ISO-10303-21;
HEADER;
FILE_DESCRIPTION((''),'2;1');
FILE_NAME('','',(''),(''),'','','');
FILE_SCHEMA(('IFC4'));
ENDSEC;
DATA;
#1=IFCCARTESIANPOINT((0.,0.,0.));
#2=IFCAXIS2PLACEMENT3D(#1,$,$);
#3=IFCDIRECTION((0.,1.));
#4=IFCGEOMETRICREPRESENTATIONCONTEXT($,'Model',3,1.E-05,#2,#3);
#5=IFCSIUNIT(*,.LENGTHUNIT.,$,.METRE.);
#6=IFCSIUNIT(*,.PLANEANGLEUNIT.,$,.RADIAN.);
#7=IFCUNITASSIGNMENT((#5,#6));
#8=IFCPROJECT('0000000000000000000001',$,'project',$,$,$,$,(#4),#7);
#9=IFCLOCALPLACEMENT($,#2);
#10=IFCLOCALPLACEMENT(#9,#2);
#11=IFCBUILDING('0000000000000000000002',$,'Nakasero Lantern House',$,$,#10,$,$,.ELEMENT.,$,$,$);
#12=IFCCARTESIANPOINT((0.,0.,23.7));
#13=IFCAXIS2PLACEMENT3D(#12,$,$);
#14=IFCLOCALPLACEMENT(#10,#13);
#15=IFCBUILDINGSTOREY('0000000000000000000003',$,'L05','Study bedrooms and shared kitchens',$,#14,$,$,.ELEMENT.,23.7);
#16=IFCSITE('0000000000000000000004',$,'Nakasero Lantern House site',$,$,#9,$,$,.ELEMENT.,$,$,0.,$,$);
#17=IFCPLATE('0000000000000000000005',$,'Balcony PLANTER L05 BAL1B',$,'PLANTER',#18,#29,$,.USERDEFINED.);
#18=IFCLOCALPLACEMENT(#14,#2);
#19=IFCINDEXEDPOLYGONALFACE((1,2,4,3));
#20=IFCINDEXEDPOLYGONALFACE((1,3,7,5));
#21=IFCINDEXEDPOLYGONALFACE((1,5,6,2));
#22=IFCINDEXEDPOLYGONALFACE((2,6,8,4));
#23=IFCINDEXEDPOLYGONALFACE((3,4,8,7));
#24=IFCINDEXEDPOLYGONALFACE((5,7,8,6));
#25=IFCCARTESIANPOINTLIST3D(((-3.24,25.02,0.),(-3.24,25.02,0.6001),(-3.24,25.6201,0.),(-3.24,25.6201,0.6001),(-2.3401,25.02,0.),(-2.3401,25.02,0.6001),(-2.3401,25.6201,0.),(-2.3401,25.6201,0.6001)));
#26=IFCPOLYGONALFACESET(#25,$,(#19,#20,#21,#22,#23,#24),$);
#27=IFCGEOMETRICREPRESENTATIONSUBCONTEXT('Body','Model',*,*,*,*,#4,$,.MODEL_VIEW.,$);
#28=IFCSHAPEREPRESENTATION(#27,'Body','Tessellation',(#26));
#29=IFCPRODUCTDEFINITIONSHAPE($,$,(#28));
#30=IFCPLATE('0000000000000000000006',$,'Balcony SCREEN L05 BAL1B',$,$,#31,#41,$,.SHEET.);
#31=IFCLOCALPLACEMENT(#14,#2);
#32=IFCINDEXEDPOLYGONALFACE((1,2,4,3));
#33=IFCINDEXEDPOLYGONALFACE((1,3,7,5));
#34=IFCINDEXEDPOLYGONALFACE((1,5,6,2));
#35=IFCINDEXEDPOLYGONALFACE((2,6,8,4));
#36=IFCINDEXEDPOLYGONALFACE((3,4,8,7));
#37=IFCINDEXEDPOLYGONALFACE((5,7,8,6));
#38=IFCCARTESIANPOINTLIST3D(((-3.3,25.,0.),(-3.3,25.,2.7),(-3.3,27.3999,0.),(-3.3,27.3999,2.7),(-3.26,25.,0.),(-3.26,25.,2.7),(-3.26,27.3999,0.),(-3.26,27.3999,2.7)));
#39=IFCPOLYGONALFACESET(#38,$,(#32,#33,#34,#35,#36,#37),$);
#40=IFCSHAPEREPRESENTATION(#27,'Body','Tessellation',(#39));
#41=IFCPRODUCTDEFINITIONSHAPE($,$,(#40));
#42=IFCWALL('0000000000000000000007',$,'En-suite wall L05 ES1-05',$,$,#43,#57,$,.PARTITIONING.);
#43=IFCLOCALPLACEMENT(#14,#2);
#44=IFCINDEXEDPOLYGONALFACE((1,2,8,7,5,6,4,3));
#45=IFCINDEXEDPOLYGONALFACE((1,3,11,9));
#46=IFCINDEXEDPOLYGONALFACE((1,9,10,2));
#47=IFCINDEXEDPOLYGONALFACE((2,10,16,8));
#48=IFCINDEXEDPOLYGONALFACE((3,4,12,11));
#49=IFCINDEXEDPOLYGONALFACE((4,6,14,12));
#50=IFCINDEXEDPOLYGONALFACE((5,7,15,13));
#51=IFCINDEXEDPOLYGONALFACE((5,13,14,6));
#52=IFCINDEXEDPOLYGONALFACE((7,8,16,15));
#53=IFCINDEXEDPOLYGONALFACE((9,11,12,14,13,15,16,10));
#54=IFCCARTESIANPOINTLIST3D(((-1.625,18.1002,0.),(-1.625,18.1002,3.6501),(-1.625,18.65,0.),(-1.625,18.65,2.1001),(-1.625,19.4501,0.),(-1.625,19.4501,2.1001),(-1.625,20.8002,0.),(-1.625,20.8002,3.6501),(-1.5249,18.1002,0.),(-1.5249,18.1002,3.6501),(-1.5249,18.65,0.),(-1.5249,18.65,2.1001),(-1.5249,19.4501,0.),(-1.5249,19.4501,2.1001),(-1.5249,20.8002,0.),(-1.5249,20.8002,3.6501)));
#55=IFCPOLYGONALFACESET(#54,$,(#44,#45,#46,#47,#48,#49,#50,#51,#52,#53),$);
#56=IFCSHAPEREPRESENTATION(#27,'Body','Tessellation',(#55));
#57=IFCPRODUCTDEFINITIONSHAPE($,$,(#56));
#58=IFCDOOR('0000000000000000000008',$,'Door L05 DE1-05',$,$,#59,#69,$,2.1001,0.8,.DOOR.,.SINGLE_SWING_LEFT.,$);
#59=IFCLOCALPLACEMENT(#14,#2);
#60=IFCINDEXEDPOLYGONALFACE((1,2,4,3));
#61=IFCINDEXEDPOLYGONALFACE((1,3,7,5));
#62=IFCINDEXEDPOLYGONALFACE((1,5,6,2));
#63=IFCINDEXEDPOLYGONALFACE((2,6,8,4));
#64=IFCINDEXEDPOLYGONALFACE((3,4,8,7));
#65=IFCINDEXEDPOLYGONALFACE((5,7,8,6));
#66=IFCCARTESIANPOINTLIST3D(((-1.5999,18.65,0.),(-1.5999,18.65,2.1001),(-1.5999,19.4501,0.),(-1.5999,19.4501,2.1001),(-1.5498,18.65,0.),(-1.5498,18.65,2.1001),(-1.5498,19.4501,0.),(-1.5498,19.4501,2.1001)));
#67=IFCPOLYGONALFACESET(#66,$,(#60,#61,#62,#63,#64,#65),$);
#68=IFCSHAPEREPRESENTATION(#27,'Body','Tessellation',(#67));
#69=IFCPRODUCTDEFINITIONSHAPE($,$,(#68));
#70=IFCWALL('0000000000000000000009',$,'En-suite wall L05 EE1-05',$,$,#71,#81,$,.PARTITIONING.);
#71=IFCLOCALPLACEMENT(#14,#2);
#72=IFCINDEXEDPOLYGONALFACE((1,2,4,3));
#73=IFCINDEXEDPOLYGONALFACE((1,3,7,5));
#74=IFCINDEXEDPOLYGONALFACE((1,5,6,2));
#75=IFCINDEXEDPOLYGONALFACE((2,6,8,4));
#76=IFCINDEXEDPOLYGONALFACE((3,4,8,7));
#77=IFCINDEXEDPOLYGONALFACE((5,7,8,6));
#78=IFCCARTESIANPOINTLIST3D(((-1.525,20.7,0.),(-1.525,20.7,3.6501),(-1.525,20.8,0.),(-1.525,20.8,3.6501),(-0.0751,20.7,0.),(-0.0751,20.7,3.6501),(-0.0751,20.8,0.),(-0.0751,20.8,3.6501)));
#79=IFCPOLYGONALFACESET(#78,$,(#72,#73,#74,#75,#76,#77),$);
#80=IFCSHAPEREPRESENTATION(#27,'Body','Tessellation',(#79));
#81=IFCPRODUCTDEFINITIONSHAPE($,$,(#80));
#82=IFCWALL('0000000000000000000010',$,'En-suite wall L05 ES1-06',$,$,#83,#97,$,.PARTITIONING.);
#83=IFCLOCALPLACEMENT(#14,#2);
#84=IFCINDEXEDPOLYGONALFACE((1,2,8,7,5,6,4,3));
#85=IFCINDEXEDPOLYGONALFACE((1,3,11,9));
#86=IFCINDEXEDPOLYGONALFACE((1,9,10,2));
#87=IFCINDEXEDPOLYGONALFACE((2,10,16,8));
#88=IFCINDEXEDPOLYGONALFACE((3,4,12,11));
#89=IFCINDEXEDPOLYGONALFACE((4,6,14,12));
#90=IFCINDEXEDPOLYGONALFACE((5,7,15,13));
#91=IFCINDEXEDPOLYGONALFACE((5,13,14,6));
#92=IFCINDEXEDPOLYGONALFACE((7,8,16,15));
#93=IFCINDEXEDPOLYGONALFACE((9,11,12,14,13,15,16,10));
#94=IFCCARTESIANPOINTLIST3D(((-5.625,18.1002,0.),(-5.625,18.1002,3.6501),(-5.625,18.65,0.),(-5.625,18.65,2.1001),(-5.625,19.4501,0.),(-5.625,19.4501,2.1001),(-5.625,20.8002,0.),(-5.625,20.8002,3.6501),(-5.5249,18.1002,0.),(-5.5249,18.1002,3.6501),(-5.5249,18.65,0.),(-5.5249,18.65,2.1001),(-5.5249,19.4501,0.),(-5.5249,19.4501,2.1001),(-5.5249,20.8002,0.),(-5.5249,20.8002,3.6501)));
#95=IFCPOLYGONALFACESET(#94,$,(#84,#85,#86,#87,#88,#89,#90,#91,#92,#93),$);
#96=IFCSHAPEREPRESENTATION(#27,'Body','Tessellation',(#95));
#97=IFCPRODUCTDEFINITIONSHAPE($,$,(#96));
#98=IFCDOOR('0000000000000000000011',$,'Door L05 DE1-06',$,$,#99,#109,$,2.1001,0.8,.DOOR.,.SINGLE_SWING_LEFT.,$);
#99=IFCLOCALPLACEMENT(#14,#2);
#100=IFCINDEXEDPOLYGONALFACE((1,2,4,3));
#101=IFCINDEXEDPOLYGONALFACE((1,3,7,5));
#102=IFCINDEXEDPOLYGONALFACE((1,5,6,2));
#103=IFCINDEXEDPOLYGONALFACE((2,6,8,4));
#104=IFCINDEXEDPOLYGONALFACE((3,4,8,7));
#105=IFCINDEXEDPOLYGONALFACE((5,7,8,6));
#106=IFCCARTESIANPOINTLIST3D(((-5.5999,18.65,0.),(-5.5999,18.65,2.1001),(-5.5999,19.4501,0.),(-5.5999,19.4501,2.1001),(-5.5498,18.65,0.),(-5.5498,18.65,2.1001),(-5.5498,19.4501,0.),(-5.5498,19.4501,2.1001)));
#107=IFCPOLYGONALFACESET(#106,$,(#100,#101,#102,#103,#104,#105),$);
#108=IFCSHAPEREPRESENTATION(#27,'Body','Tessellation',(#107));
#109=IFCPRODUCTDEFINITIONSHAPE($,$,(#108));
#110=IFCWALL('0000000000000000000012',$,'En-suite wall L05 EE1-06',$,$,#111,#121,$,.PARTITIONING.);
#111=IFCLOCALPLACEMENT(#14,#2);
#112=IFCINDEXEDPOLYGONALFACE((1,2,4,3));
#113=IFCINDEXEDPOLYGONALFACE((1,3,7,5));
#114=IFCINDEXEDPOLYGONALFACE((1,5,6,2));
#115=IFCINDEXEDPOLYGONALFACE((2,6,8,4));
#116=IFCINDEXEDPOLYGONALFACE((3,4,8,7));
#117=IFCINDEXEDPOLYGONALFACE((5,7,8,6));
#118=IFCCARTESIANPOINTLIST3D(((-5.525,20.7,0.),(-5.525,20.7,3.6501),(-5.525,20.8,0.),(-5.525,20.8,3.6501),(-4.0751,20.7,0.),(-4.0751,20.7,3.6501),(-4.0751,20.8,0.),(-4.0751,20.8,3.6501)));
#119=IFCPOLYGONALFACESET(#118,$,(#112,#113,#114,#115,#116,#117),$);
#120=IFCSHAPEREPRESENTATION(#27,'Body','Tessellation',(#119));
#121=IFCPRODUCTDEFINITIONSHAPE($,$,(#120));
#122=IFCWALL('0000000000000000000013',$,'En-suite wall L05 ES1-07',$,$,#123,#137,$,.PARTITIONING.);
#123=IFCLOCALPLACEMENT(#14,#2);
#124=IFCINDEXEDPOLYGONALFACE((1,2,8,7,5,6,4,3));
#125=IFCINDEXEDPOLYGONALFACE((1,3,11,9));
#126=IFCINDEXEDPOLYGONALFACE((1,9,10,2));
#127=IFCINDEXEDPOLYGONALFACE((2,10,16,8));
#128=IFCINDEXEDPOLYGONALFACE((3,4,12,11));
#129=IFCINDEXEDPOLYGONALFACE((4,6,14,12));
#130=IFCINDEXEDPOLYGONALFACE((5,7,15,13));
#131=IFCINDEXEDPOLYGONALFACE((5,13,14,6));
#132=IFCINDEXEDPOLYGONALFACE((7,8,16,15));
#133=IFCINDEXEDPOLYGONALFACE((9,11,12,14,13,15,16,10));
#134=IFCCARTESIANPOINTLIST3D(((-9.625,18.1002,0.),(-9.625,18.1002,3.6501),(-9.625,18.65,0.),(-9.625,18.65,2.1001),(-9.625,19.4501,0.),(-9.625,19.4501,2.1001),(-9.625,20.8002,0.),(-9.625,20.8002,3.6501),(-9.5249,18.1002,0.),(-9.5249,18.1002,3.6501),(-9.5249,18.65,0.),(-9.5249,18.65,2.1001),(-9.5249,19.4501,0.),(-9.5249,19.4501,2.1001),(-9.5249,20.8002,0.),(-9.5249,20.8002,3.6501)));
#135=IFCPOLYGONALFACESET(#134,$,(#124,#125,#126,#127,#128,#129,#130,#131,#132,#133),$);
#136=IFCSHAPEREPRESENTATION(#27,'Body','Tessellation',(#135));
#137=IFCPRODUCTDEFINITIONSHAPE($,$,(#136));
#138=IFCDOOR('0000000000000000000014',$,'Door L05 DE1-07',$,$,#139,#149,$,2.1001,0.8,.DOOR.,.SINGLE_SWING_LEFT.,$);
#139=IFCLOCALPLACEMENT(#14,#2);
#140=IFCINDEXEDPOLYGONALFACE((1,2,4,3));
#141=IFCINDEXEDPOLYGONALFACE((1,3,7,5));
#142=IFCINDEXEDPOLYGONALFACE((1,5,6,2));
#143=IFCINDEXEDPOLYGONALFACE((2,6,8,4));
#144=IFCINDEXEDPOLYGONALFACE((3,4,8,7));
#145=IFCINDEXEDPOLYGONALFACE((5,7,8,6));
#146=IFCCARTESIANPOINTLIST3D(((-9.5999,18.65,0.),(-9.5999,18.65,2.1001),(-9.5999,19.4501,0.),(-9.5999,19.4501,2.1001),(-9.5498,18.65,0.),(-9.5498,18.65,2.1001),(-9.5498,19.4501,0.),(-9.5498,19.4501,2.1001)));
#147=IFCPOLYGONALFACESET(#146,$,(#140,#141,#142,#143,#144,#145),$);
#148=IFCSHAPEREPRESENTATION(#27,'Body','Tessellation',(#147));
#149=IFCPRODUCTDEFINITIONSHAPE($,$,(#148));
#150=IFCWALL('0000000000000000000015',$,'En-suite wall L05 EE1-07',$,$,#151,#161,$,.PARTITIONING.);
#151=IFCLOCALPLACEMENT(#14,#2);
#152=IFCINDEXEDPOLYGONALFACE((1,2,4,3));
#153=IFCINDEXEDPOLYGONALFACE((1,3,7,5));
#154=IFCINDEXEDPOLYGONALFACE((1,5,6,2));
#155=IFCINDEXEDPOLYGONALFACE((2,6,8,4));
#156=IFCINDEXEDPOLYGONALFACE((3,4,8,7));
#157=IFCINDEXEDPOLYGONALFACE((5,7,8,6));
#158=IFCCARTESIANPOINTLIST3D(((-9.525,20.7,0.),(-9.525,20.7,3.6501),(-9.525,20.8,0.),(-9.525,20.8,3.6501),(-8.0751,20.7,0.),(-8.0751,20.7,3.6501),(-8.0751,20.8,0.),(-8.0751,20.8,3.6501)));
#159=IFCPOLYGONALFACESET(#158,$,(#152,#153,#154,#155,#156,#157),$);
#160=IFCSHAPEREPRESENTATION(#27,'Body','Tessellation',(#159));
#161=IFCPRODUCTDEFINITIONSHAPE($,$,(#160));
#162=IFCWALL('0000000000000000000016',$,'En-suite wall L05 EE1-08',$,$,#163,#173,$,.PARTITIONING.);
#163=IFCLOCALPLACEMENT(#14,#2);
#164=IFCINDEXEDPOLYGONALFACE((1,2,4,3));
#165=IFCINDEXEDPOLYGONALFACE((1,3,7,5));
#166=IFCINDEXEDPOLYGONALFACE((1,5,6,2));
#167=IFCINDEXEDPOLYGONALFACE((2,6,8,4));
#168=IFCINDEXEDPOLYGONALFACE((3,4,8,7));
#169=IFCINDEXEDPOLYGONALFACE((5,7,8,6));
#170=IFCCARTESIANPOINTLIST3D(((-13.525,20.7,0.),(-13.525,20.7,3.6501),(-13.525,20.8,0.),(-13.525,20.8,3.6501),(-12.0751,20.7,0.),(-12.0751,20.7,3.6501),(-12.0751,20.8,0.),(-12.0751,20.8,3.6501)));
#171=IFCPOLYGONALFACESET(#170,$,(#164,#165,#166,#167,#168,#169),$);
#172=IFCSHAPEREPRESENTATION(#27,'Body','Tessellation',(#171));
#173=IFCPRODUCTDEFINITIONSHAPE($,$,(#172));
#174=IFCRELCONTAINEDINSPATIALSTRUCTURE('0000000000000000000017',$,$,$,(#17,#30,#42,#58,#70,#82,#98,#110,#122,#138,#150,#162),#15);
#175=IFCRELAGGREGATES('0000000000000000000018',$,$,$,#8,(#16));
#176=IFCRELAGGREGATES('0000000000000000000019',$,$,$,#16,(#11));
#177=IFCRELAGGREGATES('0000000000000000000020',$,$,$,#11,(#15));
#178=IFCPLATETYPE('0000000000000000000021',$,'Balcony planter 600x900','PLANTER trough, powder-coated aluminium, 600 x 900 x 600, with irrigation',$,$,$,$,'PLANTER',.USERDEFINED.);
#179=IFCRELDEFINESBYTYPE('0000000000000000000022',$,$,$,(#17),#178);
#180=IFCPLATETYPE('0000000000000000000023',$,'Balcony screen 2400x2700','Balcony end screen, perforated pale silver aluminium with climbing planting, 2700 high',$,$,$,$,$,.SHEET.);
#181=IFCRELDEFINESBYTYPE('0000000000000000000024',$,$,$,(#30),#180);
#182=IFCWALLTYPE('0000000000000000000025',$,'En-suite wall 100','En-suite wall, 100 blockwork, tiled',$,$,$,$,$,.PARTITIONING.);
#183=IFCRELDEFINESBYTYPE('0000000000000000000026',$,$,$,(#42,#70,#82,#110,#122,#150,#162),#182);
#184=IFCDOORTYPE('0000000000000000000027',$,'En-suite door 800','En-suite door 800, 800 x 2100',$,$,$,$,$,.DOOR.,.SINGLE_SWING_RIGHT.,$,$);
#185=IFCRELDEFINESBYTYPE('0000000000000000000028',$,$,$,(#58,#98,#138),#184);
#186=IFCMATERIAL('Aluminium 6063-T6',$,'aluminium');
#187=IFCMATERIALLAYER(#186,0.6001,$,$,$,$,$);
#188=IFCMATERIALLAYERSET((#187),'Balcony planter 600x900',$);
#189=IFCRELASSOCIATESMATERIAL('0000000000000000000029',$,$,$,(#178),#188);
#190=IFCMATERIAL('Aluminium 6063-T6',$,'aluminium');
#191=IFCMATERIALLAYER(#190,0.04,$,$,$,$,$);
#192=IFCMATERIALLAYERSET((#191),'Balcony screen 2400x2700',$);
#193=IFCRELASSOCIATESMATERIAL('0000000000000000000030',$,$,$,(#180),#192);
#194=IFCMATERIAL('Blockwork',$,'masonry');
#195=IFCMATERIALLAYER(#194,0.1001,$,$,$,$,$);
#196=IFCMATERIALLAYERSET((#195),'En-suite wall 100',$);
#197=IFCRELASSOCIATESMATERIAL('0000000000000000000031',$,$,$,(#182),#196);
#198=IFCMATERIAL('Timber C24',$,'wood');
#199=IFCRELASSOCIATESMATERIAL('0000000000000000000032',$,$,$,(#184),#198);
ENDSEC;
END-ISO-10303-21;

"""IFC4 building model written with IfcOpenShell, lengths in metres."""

from ifc_helpers import new_model, si_unit, direction, frame, frame_2d, origin, origin_2d, place, context, subcontext, project, spatial, rectangle, extrude, material, layer, layer_set, type_object, element, fill, save


model = new_model("IFC4")

# Units and contexts
model_context = context("Model", 3, precision=1e-05, world=origin(), true_north=direction((0.0, 1.0)))
body_context = subcontext(model_context, "Body", "Model", "MODEL_VIEW")
ifc_project = project(units=[si_unit("LENGTHUNIT", "METRE"), si_unit("PLANEANGLEUNIT", "RADIAN")], contexts=[model_context])

# Site, building, storey
site_placement = place(None, origin())
site = spatial("IfcSite", under=ifc_project, at=site_placement, Name="Nakasero Lantern House site", CompositionType="ELEMENT", RefElevation=0.0)
building_placement = place(site_placement, origin())
building = spatial("IfcBuilding", under=site, at=building_placement, Name="Nakasero Lantern House", CompositionType="ELEMENT")
storey_placement = place(building_placement, frame((0.0, 0.0, 23.7)))
storey = spatial("IfcBuildingStorey", under=building, at=storey_placement, Name="L05", Description="Study bedrooms and shared kitchens", CompositionType="ELEMENT", Elevation=23.7)

# Plates
ifc_material_1 = material(Name="Aluminium 6063-T6", Category="aluminium")
ifc_layer_1 = layer(ifc_material_1, 0.6001)
ifc_layer_set_1 = layer_set([ifc_layer_1], Name="Balcony planter 600x900")
plate_type_1 = type_object("IfcPlateType", Name="Balcony planter 600x900", Description="PLANTER trough, powder-coated aluminium, 600 x 900 x 600, with irrigation", ElementType="PLANTER", PredefinedType="USERDEFINED", material=ifc_layer_set_1)
plate_1_placement = place(storey_placement, frame((-2.79, 25.3201, 0.0), z_axis=(0.0, 0.0, 1.0), x_axis=(0.0, 1.0, 0.0)))
element("IfcPlate", 1, at=plate_1_placement, inside=storey, type_object=plate_type_1, Name="Balcony PLANTER L05 BAL1B", ObjectType="PLANTER", PredefinedType="USERDEFINED", context=body_context, shape_type="SweptSolid", body=[
    extrude(rectangle(XDim=0.6001, YDim=0.8999, at=origin_2d()), origin(), (0.0, 0.0, 1.0), 0.6001),
])
ifc_material_2 = material(Name="Aluminium 6063-T6", Category="aluminium")
ifc_layer_2 = layer(ifc_material_2, 0.04)
ifc_layer_set_2 = layer_set([ifc_layer_2], Name="Balcony screen 2400x2700")
plate_type_2 = type_object("IfcPlateType", Name="Balcony screen 2400x2700", Description="Balcony end screen, perforated pale silver aluminium with climbing planting, 2700 high", PredefinedType="SHEET", material=ifc_layer_set_2)
plate_2_placement = place(storey_placement, frame((-3.28, 26.2, 0.0), z_axis=(0.0, 0.0, 1.0), x_axis=(0.0, 1.0, 0.0)))
element("IfcPlate", 2, at=plate_2_placement, inside=storey, type_object=plate_type_2, Name="Balcony SCREEN L05 BAL1B", PredefinedType="SHEET", context=body_context, shape_type="SweptSolid", body=[
    extrude(rectangle(XDim=2.3999, YDim=0.04, at=origin_2d()), origin(), (0.0, 0.0, 1.0), 2.7),
])

# Wall, opening, door
ifc_material_3 = material(Name="Blockwork", Category="masonry")
ifc_layer_3 = layer(ifc_material_3, 0.1001)
ifc_layer_set_3 = layer_set([ifc_layer_3], Name="En-suite wall 100")
wall_type_1 = type_object("IfcWallType", Name="En-suite wall 100", Description="En-suite wall, 100 blockwork, tiled", PredefinedType="PARTITIONING", material=ifc_layer_set_3)
wall_1_placement = place(storey_placement, frame((-1.575, 18.1001, 0.0), z_axis=(0.0, 0.0, 1.0), x_axis=(0.0, 1.0, 0.0)))
wall_1 = element("IfcWall", 3, at=wall_1_placement, inside=storey, type_object=wall_type_1, Name="En-suite wall L05 ES1-05", PredefinedType="PARTITIONING", context=body_context, shape_type="SweptSolid", body=[
    extrude(rectangle(XDim=2.7, YDim=0.1001, at=frame_2d((1.3501, 0.0))), origin(), (0.0, 0.0, 1.0), 3.6501),
])
opening_1_placement = place(wall_1_placement, frame((0.55, 0.0, 0.0)))
opening_1 = element("IfcOpeningElement", 4, at=opening_1_placement, cuts=wall_1, PredefinedType="OPENING", context=body_context, shape_type="SweptSolid", body=[
    extrude(rectangle(XDim=0.8, YDim=2.1001, at=frame_2d((0.3999, 1.05))), frame((0.0, 0.0701, 0.0), z_axis=(0.0, -1.0, 0.0), x_axis=(1.0, 0.0, 0.0)), (0.0, 0.0, 1.0), 0.1401),
])
ifc_material_4 = material(Name="Timber C24", Category="wood")
door_type_1 = type_object("IfcDoorType", Name="En-suite door 800", Description="En-suite door 800, 800 x 2100", OperationType="SINGLE_SWING_RIGHT", PredefinedType="DOOR", material=ifc_material_4)
door_1_placement = place(opening_1_placement, origin())
door_1 = element("IfcDoor", 5, at=door_1_placement, inside=storey, type_object=door_type_1, Name="Door L05 DE1-05", OperationType="SINGLE_SWING_LEFT", OverallHeight=2.1001, OverallWidth=0.8, PredefinedType="DOOR", context=body_context, shape_type="SweptSolid", body=[
    extrude(rectangle(XDim=0.8, YDim=2.1001, at=frame_2d((0.3999, 1.05))), frame((0.0, 0.0249, 0.0), z_axis=(0.0, -1.0, 0.0), x_axis=(1.0, 0.0, 0.0)), (0.0, 0.0, 1.0), 0.05),
])
fill(opening_1, door_1)

# Wall
wall_2_placement = place(storey_placement, frame((-0.075, 20.75, 0.0), z_axis=(0.0, 0.0, 1.0), x_axis=(-1.0, 0.0, 0.0)))
element("IfcWall", 6, at=wall_2_placement, inside=storey, type_object=wall_type_1, Name="En-suite wall L05 EE1-05", PredefinedType="PARTITIONING", context=body_context, shape_type="SweptSolid", body=[
    extrude(rectangle(XDim=1.45, YDim=0.1001, at=frame_2d((0.7251, 0.0))), origin(), (0.0, 0.0, 1.0), 3.6501),
])

# Wall, opening, door
wall_3_placement = place(storey_placement, frame((-5.575, 18.1001, 0.0), z_axis=(0.0, 0.0, 1.0), x_axis=(0.0, 1.0, 0.0)))
wall_3 = element("IfcWall", 7, at=wall_3_placement, inside=storey, type_object=wall_type_1, Name="En-suite wall L05 ES1-06", PredefinedType="PARTITIONING", context=body_context, shape_type="SweptSolid", body=[
    extrude(rectangle(XDim=2.7, YDim=0.1001, at=frame_2d((1.3501, 0.0))), origin(), (0.0, 0.0, 1.0), 3.6501),
])
opening_2_placement = place(wall_3_placement, frame((0.55, 0.0, 0.0)))
opening_2 = element("IfcOpeningElement", 8, at=opening_2_placement, cuts=wall_3, PredefinedType="OPENING", context=body_context, shape_type="SweptSolid", body=[
    extrude(rectangle(XDim=0.8, YDim=2.1001, at=frame_2d((0.3999, 1.05))), frame((0.0, 0.0701, 0.0), z_axis=(0.0, -1.0, 0.0), x_axis=(1.0, 0.0, 0.0)), (0.0, 0.0, 1.0), 0.1401),
])
door_2_placement = place(opening_2_placement, origin())
door_2 = element("IfcDoor", 9, at=door_2_placement, inside=storey, type_object=door_type_1, Name="Door L05 DE1-06", OperationType="SINGLE_SWING_LEFT", OverallHeight=2.1001, OverallWidth=0.8, PredefinedType="DOOR", context=body_context, shape_type="SweptSolid", body=[
    extrude(rectangle(XDim=0.8, YDim=2.1001, at=frame_2d((0.3999, 1.05))), frame((0.0, 0.0249, 0.0), z_axis=(0.0, -1.0, 0.0), x_axis=(1.0, 0.0, 0.0)), (0.0, 0.0, 1.0), 0.05),
])
fill(opening_2, door_2)

# Wall
wall_4_placement = place(storey_placement, frame((-4.075, 20.75, 0.0), z_axis=(0.0, 0.0, 1.0), x_axis=(-1.0, 0.0, 0.0)))
element("IfcWall", 10, at=wall_4_placement, inside=storey, type_object=wall_type_1, Name="En-suite wall L05 EE1-06", PredefinedType="PARTITIONING", context=body_context, shape_type="SweptSolid", body=[
    extrude(rectangle(XDim=1.45, YDim=0.1001, at=frame_2d((0.7251, 0.0))), origin(), (0.0, 0.0, 1.0), 3.6501),
])

# Wall, opening, door
wall_5_placement = place(storey_placement, frame((-9.575, 18.1001, 0.0), z_axis=(0.0, 0.0, 1.0), x_axis=(0.0, 1.0, 0.0)))
wall_5 = element("IfcWall", 11, at=wall_5_placement, inside=storey, type_object=wall_type_1, Name="En-suite wall L05 ES1-07", PredefinedType="PARTITIONING", context=body_context, shape_type="SweptSolid", body=[
    extrude(rectangle(XDim=2.7, YDim=0.1001, at=frame_2d((1.3501, 0.0))), origin(), (0.0, 0.0, 1.0), 3.6501),
])
opening_3_placement = place(wall_5_placement, frame((0.55, 0.0, 0.0)))
opening_3 = element("IfcOpeningElement", 12, at=opening_3_placement, cuts=wall_5, PredefinedType="OPENING", context=body_context, shape_type="SweptSolid", body=[
    extrude(rectangle(XDim=0.8, YDim=2.1001, at=frame_2d((0.3999, 1.05))), frame((0.0, 0.0701, 0.0), z_axis=(0.0, -1.0, 0.0), x_axis=(1.0, 0.0, 0.0)), (0.0, 0.0, 1.0), 0.1401),
])
door_3_placement = place(opening_3_placement, origin())
door_3 = element("IfcDoor", 13, at=door_3_placement, inside=storey, type_object=door_type_1, Name="Door L05 DE1-07", OperationType="SINGLE_SWING_LEFT", OverallHeight=2.1001, OverallWidth=0.8, PredefinedType="DOOR", context=body_context, shape_type="SweptSolid", body=[
    extrude(rectangle(XDim=0.8, YDim=2.1001, at=frame_2d((0.3999, 1.05))), frame((0.0, 0.0249, 0.0), z_axis=(0.0, -1.0, 0.0), x_axis=(1.0, 0.0, 0.0)), (0.0, 0.0, 1.0), 0.05),
])
fill(opening_3, door_3)

# Walls
for number, where, z_axis, x_axis, name in (
    (14, (-8.075, 20.75, 0.0), (0.0, 0.0, 1.0), (-1.0, 0.0, 0.0), "En-suite wall L05 EE1-07"),
    (15, (-12.075, 20.75, 0.0), (0.0, 0.0, 1.0), (-1.0, 0.0, 0.0), "En-suite wall L05 EE1-08"),
):
    element("IfcWall", number, at=place(storey_placement, frame(where, z_axis=z_axis, x_axis=x_axis)), inside=storey, type_object=wall_type_1, Name=name, PredefinedType="PARTITIONING", context=body_context, shape_type="SweptSolid", body=[
        extrude(rectangle(XDim=1.45, YDim=0.1001, at=frame_2d((0.7251, 0.0))), origin(), (0.0, 0.0, 1.0), 3.6501),
    ])

save(model, "model.ifc")
